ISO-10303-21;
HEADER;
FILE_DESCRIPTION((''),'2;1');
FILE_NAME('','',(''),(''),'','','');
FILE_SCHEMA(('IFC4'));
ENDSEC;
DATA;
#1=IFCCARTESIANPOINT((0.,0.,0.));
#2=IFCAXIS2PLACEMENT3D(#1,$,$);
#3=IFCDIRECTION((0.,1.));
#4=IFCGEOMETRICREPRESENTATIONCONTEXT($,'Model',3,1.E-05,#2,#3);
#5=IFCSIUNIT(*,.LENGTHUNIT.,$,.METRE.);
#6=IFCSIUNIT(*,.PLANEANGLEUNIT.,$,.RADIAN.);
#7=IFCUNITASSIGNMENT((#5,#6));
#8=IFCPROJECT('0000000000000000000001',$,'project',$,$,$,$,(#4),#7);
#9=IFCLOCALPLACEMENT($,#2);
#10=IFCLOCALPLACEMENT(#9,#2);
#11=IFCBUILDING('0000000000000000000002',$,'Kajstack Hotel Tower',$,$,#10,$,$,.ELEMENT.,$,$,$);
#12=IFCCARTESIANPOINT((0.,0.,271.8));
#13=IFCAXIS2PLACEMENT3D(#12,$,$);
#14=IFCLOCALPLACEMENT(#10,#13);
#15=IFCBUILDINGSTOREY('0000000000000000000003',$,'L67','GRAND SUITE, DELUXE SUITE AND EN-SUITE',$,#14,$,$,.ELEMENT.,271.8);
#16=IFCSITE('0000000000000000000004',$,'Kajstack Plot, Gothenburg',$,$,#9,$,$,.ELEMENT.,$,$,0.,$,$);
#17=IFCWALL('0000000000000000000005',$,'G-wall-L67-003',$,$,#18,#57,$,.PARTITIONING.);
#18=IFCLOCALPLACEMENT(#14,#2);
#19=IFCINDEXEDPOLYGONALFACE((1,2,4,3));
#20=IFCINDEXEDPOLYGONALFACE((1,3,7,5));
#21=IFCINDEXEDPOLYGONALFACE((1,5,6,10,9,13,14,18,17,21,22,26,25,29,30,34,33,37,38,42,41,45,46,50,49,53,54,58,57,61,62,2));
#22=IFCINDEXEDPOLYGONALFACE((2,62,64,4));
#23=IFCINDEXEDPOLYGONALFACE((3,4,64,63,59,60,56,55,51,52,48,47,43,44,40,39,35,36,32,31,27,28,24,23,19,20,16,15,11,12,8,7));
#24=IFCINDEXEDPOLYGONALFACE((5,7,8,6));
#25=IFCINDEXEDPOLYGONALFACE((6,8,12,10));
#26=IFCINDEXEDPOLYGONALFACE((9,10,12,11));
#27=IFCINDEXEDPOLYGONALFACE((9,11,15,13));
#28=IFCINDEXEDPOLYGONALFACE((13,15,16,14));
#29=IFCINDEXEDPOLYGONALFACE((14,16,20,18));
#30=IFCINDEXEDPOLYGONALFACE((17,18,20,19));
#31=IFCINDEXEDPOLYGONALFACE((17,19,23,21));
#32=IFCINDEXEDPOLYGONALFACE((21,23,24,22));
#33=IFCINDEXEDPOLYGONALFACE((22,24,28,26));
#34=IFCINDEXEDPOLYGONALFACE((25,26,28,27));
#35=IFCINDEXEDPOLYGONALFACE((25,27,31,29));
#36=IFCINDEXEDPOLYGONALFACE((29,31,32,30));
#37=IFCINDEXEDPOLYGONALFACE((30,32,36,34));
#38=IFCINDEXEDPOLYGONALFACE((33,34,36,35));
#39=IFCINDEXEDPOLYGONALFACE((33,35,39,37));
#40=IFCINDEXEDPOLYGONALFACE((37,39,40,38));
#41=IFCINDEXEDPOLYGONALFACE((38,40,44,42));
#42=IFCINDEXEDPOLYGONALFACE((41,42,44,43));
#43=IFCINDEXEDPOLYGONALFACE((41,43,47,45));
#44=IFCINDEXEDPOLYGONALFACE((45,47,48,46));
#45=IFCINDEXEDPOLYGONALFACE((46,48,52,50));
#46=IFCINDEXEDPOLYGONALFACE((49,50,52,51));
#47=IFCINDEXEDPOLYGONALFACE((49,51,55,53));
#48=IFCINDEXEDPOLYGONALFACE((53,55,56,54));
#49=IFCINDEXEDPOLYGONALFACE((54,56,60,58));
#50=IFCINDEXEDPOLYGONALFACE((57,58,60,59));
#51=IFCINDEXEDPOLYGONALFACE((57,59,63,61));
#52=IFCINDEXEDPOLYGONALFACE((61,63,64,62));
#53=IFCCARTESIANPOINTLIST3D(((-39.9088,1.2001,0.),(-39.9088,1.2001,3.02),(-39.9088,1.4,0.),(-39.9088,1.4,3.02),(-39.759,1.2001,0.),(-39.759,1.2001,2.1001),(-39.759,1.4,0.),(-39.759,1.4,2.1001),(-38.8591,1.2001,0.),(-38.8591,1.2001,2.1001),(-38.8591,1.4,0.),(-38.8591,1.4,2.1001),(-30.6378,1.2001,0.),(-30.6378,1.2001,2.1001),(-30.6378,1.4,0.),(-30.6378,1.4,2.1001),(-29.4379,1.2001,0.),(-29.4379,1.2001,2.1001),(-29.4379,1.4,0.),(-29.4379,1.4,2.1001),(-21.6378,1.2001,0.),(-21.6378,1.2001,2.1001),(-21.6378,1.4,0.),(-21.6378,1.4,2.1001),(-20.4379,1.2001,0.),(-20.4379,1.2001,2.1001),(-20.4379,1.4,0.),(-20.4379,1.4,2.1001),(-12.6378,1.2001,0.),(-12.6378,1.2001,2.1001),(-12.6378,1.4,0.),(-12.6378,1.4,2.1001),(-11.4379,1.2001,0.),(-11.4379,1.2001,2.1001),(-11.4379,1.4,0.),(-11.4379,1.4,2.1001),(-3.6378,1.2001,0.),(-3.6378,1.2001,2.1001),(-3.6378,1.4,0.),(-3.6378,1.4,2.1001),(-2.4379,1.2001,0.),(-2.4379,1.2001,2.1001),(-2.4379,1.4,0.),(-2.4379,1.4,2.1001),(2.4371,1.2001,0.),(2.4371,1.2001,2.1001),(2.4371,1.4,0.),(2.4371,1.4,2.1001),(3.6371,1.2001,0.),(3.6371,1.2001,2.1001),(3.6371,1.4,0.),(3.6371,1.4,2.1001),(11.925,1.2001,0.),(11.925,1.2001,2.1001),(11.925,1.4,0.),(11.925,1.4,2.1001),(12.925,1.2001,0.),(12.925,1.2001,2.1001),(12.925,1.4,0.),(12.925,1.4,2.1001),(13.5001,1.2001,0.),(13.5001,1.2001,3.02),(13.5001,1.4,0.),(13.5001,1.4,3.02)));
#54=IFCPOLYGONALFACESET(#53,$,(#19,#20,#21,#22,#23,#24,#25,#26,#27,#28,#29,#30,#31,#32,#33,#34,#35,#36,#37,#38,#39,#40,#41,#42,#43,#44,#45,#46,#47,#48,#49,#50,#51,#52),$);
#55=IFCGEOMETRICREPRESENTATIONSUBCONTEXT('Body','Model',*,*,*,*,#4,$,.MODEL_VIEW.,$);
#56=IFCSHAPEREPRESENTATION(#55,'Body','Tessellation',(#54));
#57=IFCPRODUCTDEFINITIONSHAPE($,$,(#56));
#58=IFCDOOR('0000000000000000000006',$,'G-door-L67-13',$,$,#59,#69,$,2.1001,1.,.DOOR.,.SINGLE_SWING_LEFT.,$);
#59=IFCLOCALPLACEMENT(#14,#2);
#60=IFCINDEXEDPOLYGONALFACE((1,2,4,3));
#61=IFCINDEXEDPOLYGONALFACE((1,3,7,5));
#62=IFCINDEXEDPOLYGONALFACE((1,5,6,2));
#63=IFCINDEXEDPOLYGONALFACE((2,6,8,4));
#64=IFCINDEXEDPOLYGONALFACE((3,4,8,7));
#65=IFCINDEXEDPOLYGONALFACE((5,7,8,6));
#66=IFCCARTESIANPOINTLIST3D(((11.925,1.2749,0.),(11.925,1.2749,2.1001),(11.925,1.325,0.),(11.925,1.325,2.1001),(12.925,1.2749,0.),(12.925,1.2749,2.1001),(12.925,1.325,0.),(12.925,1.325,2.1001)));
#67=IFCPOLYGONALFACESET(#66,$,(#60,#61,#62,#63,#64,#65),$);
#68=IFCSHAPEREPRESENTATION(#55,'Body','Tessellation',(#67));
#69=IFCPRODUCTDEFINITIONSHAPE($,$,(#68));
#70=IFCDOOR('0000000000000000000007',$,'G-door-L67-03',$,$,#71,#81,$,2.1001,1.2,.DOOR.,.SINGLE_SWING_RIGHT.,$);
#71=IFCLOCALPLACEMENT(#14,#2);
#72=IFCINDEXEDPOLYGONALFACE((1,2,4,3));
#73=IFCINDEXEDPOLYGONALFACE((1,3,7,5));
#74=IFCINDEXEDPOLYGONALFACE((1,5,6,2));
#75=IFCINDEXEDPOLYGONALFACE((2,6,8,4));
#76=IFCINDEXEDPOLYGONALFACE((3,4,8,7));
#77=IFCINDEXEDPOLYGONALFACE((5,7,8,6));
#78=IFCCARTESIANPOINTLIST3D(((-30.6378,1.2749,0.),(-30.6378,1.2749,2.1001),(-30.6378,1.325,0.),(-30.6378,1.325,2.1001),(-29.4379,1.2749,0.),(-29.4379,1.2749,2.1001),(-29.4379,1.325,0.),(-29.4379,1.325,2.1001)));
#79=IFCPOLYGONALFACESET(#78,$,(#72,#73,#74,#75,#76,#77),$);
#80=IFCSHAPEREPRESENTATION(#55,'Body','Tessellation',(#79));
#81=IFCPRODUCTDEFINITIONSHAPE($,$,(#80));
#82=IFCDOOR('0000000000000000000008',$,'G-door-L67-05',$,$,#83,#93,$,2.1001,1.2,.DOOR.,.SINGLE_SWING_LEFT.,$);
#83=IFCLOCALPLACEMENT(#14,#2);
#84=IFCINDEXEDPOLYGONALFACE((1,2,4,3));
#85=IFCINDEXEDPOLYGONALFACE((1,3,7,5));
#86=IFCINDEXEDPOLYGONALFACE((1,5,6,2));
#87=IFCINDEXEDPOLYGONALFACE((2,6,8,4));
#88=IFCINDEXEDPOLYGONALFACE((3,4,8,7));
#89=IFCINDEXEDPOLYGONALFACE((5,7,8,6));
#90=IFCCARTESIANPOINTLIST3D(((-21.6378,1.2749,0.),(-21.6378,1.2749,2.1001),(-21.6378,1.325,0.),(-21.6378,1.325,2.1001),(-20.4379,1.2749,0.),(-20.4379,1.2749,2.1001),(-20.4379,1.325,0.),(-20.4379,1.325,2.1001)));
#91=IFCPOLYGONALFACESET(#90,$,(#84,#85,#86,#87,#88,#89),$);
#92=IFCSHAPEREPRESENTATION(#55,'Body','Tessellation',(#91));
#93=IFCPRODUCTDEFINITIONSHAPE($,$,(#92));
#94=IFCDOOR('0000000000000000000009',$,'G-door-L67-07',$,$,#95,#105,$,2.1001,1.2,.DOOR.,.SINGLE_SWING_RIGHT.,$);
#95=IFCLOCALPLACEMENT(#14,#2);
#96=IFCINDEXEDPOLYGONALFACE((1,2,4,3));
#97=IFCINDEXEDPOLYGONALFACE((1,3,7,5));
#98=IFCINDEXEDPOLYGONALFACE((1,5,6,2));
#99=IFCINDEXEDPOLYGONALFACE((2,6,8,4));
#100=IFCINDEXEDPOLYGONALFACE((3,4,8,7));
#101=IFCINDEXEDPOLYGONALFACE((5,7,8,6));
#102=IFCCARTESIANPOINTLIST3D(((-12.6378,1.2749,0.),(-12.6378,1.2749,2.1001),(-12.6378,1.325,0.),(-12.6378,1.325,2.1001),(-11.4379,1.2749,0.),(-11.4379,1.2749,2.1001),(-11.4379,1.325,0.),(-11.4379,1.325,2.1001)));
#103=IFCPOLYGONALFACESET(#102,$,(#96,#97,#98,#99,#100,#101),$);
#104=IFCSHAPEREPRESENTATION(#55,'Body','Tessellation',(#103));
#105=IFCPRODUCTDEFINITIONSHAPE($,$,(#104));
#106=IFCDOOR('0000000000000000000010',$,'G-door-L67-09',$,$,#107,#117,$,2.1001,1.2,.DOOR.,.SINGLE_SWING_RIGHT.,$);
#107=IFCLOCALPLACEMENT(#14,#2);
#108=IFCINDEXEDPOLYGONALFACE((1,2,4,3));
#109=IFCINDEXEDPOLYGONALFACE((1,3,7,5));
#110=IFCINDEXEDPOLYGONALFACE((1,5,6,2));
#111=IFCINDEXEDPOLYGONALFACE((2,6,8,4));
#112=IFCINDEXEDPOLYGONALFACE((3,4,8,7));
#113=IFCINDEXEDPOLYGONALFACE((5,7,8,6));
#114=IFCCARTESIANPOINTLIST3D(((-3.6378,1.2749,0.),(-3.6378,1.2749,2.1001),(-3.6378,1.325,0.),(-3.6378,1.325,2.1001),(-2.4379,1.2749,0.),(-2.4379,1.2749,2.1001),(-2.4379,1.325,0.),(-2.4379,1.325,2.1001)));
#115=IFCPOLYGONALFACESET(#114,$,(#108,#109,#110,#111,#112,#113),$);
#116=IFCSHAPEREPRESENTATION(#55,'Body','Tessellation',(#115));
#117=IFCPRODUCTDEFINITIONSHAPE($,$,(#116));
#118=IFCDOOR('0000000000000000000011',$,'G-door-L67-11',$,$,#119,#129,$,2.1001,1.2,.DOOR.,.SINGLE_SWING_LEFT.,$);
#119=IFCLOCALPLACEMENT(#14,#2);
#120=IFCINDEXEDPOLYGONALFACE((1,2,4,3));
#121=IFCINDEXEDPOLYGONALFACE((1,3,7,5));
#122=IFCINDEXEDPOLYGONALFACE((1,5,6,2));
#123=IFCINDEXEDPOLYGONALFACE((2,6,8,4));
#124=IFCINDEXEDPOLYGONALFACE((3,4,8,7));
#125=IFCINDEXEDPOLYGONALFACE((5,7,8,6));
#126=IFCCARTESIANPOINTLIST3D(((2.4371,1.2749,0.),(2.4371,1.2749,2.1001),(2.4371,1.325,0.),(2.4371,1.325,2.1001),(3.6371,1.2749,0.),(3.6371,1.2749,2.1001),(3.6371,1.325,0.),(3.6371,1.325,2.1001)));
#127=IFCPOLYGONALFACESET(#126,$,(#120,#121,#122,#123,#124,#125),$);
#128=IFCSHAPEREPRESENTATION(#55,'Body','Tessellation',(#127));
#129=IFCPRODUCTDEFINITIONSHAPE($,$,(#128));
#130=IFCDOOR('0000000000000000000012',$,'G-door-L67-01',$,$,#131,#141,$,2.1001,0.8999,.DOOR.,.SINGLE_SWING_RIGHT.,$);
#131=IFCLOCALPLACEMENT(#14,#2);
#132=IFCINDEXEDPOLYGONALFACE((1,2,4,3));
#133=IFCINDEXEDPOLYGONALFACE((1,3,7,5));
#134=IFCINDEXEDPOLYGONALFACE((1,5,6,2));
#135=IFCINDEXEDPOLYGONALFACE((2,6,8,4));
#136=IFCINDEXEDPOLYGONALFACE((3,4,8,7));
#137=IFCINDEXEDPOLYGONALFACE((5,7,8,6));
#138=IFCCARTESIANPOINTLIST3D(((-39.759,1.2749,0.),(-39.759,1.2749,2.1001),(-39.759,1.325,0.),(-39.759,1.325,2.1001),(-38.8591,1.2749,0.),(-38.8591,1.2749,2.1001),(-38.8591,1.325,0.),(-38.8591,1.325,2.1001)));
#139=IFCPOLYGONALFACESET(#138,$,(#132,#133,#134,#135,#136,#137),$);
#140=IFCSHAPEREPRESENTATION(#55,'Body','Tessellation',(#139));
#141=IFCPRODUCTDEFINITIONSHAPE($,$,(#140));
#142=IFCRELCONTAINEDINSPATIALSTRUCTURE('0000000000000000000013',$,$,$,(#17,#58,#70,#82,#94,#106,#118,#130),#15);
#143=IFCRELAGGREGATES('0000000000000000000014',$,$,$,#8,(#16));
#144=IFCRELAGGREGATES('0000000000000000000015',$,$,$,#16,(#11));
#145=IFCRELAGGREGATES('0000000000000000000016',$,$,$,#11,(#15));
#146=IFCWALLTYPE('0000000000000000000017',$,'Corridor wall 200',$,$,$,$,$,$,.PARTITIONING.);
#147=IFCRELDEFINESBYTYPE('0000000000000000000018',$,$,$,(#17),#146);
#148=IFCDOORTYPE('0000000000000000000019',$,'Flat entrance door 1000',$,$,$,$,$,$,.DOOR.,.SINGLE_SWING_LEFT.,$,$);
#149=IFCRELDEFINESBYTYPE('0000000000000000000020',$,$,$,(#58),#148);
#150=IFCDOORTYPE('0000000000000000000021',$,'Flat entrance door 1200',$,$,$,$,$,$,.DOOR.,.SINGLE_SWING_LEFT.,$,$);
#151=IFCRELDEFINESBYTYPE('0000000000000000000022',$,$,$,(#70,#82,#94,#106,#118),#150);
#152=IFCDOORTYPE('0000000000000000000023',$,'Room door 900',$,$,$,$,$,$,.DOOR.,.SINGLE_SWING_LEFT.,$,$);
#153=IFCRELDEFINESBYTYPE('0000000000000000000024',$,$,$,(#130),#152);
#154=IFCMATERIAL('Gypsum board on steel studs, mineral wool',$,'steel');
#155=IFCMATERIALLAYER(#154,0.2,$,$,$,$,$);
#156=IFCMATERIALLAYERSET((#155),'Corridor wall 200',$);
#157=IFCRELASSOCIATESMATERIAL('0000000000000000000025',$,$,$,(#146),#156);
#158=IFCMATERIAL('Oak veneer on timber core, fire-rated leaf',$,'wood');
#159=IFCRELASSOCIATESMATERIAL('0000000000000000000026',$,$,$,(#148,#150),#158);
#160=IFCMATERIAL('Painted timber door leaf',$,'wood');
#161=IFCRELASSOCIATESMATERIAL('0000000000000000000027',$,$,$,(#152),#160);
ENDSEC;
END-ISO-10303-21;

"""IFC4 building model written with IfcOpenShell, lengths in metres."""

from ifc_helpers import new_model, si_unit, direction, frame, frame_2d, origin, place, context, subcontext, project, spatial, rectangle, extrude, material, layer, layer_set, type_object, element, fill, save


model = new_model("IFC4")

# Units and contexts
model_context = context("Model", 3, precision=1e-05, world=origin(), true_north=direction((0.0, 1.0)))
body_context = subcontext(model_context, "Body", "Model", "MODEL_VIEW")
ifc_project = project(units=[si_unit("LENGTHUNIT", "METRE"), si_unit("PLANEANGLEUNIT", "RADIAN")], contexts=[model_context])

# Site, building, storey
site_placement = place(None, origin())
site = spatial("IfcSite", under=ifc_project, at=site_placement, Name="Kajstack Plot, Gothenburg", CompositionType="ELEMENT", RefElevation=0.0)
building_placement = place(site_placement, origin())
building = spatial("IfcBuilding", under=site, at=building_placement, Name="Kajstack Hotel Tower", CompositionType="ELEMENT")
storey_placement = place(building_placement, frame((0.0, 0.0, 271.8)))
storey = spatial("IfcBuildingStorey", under=building, at=storey_placement, Name="L67", Description="GRAND SUITE, DELUXE SUITE AND EN-SUITE", CompositionType="ELEMENT", Elevation=271.8)

# Wall, openings, doors
ifc_material_1 = material(Name="Gypsum board on steel studs, mineral wool", Category="steel")
ifc_layer_1 = layer(ifc_material_1, 0.2)
ifc_layer_set_1 = layer_set([ifc_layer_1], Name="Corridor wall 200")
wall_type_1 = type_object("IfcWallType", Name="Corridor wall 200", PredefinedType="PARTITIONING", material=ifc_layer_set_1)
wall_1_placement = place(storey_placement, frame((-39.9089, 1.3, 0.0), z_axis=(0.0, 0.0, 1.0), x_axis=(1.0, 0.0, 0.0)))
wall_1 = element("IfcWall", 1, at=wall_1_placement, inside=storey, type_object=wall_type_1, Name="G-wall-L67-003", PredefinedType="PARTITIONING", context=body_context, shape_type="SweptSolid", body=[
    extrude(rectangle(XDim=53.4089, YDim=0.2, at=frame_2d((26.7046, 0.0))), origin(), (0.0, 0.0, 1.0), 3.02),
])
opening_1_placement = place(wall_1_placement, frame((0.1499, 0.0, 0.0)))
opening_1 = element("IfcOpeningElement", 2, at=opening_1_placement, cuts=wall_1, PredefinedType="OPENING", context=body_context, shape_type="SweptSolid", body=[
    extrude(rectangle(XDim=0.8999, YDim=2.1001, at=frame_2d((0.45, 1.05))), frame((0.0, 0.1099, 0.0), z_axis=(0.0, -1.0, 0.0), x_axis=(1.0, 0.0, 0.0)), (0.0, 0.0, 1.0), 0.22),
])
opening_2_placement = place(wall_1_placement, frame((9.271, 0.0, 0.0)))
opening_2 = element("IfcOpeningElement", 3, at=opening_2_placement, cuts=wall_1, PredefinedType="OPENING", context=body_context, shape_type="SweptSolid", body=[
    extrude(rectangle(XDim=1.2, YDim=2.1001, at=frame_2d((0.6001, 1.05))), frame((0.0, 0.1099, 0.0), z_axis=(0.0, -1.0, 0.0), x_axis=(1.0, 0.0, 0.0)), (0.0, 0.0, 1.0), 0.22),
])
opening_3_placement = place(wall_1_placement, frame((18.271, 0.0, 0.0)))
opening_3 = element("IfcOpeningElement", 4, at=opening_3_placement, cuts=wall_1, PredefinedType="OPENING", context=body_context, shape_type="SweptSolid", body=[
    extrude(rectangle(XDim=1.2, YDim=2.1001, at=frame_2d((0.6001, 1.05))), frame((0.0, 0.1099, 0.0), z_axis=(0.0, -1.0, 0.0), x_axis=(1.0, 0.0, 0.0)), (0.0, 0.0, 1.0), 0.22),
])
opening_4_placement = place(wall_1_placement, frame((27.271, 0.0, 0.0)))
opening_4 = element("IfcOpeningElement", 5, at=opening_4_placement, cuts=wall_1, PredefinedType="OPENING", context=body_context, shape_type="SweptSolid", body=[
    extrude(rectangle(XDim=1.2, YDim=2.1001, at=frame_2d((0.6001, 1.05))), frame((0.0, 0.1099, 0.0), z_axis=(0.0, -1.0, 0.0), x_axis=(1.0, 0.0, 0.0)), (0.0, 0.0, 1.0), 0.22),
])
opening_5_placement = place(wall_1_placement, frame((36.271, 0.0, 0.0)))
opening_5 = element("IfcOpeningElement", 6, at=opening_5_placement, cuts=wall_1, PredefinedType="OPENING", context=body_context, shape_type="SweptSolid", body=[
    extrude(rectangle(XDim=1.2, YDim=2.1001, at=frame_2d((0.6001, 1.05))), frame((0.0, 0.1099, 0.0), z_axis=(0.0, -1.0, 0.0), x_axis=(1.0, 0.0, 0.0)), (0.0, 0.0, 1.0), 0.22),
])
opening_6_placement = place(wall_1_placement, frame((42.3459, 0.0, 0.0)))
opening_6 = element("IfcOpeningElement", 7, at=opening_6_placement, cuts=wall_1, PredefinedType="OPENING", context=body_context, shape_type="SweptSolid", body=[
    extrude(rectangle(XDim=1.2, YDim=2.1001, at=frame_2d((0.6001, 1.05))), frame((0.0, 0.1099, 0.0), z_axis=(0.0, -1.0, 0.0), x_axis=(1.0, 0.0, 0.0)), (0.0, 0.0, 1.0), 0.22),
])
opening_7_placement = place(wall_1_placement, frame((51.834, 0.0, 0.0)))
opening_7 = element("IfcOpeningElement", 8, at=opening_7_placement, cuts=wall_1, PredefinedType="OPENING", context=body_context, shape_type="SweptSolid", body=[
    extrude(rectangle(XDim=1.0, YDim=2.1001, at=frame_2d((0.5, 1.05))), frame((0.0, 0.1099, 0.0), z_axis=(0.0, -1.0, 0.0), x_axis=(1.0, 0.0, 0.0)), (0.0, 0.0, 1.0), 0.22),
])
ifc_material_2 = material(Name="Oak veneer on timber core, fire-rated leaf", Category="wood")
door_type_1 = type_object("IfcDoorType", Name="Flat entrance door 1000", OperationType="SINGLE_SWING_LEFT", PredefinedType="DOOR", material=ifc_material_2)
door_1_placement = place(opening_7_placement, origin())
door_1 = element("IfcDoor", 9, at=door_1_placement, inside=storey, type_object=door_type_1, Name="G-door-L67-13", OperationType="SINGLE_SWING_LEFT", OverallHeight=2.1001, OverallWidth=1.0, PredefinedType="DOOR", context=body_context, shape_type="SweptSolid", body=[
    extrude(rectangle(XDim=1.0, YDim=2.1001, at=frame_2d((0.5, 1.05))), frame((0.0, 0.0249, 0.0), z_axis=(0.0, -1.0, 0.0), x_axis=(1.0, 0.0, 0.0)), (0.0, 0.0, 1.0), 0.05),
])
fill(opening_7, door_1)
door_type_2 = type_object("IfcDoorType", Name="Flat entrance door 1200", OperationType="SINGLE_SWING_LEFT", PredefinedType="DOOR", material=ifc_material_2)
door_2_placement = place(opening_2_placement, origin())
door_2 = element("IfcDoor", 10, at=door_2_placement, inside=storey, type_object=door_type_2, Name="G-door-L67-03", OperationType="SINGLE_SWING_RIGHT", OverallHeight=2.1001, OverallWidth=1.2, PredefinedType="DOOR", context=body_context, shape_type="SweptSolid", body=[
    extrude(rectangle(XDim=1.2, YDim=2.1001, at=frame_2d((0.6001, 1.05))), frame((0.0, 0.0249, 0.0), z_axis=(0.0, -1.0, 0.0), x_axis=(1.0, 0.0, 0.0)), (0.0, 0.0, 1.0), 0.05),
])
fill(opening_2, door_2)
door_3_placement = place(opening_3_placement, origin())
door_3 = element("IfcDoor", 11, at=door_3_placement, inside=storey, type_object=door_type_2, Name="G-door-L67-05", OperationType="SINGLE_SWING_LEFT", OverallHeight=2.1001, OverallWidth=1.2, PredefinedType="DOOR", context=body_context, shape_type="SweptSolid", body=[
    extrude(rectangle(XDim=1.2, YDim=2.1001, at=frame_2d((0.6001, 1.05))), frame((0.0, 0.0249, 0.0), z_axis=(0.0, -1.0, 0.0), x_axis=(1.0, 0.0, 0.0)), (0.0, 0.0, 1.0), 0.05),
])
fill(opening_3, door_3)
door_4_placement = place(opening_4_placement, origin())
door_4 = element("IfcDoor", 12, at=door_4_placement, inside=storey, type_object=door_type_2, Name="G-door-L67-07", OperationType="SINGLE_SWING_RIGHT", OverallHeight=2.1001, OverallWidth=1.2, PredefinedType="DOOR", context=body_context, shape_type="SweptSolid", body=[
    extrude(rectangle(XDim=1.2, YDim=2.1001, at=frame_2d((0.6001, 1.05))), frame((0.0, 0.0249, 0.0), z_axis=(0.0, -1.0, 0.0), x_axis=(1.0, 0.0, 0.0)), (0.0, 0.0, 1.0), 0.05),
])
fill(opening_4, door_4)
door_5_placement = place(opening_5_placement, origin())
door_5 = element("IfcDoor", 13, at=door_5_placement, inside=storey, type_object=door_type_2, Name="G-door-L67-09", OperationType="SINGLE_SWING_RIGHT", OverallHeight=2.1001, OverallWidth=1.2, PredefinedType="DOOR", context=body_context, shape_type="SweptSolid", body=[
    extrude(rectangle(XDim=1.2, YDim=2.1001, at=frame_2d((0.6001, 1.05))), frame((0.0, 0.0249, 0.0), z_axis=(0.0, -1.0, 0.0), x_axis=(1.0, 0.0, 0.0)), (0.0, 0.0, 1.0), 0.05),
])
fill(opening_5, door_5)
door_6_placement = place(opening_6_placement, origin())
door_6 = element("IfcDoor", 14, at=door_6_placement, inside=storey, type_object=door_type_2, Name="G-door-L67-11", OperationType="SINGLE_SWING_LEFT", OverallHeight=2.1001, OverallWidth=1.2, PredefinedType="DOOR", context=body_context, shape_type="SweptSolid", body=[
    extrude(rectangle(XDim=1.2, YDim=2.1001, at=frame_2d((0.6001, 1.05))), frame((0.0, 0.0249, 0.0), z_axis=(0.0, -1.0, 0.0), x_axis=(1.0, 0.0, 0.0)), (0.0, 0.0, 1.0), 0.05),
])
fill(opening_6, door_6)
ifc_material_3 = material(Name="Painted timber door leaf", Category="wood")
door_type_3 = type_object("IfcDoorType", Name="Room door 900", OperationType="SINGLE_SWING_LEFT", PredefinedType="DOOR", material=ifc_material_3)
door_7_placement = place(opening_1_placement, origin())
door_7 = element("IfcDoor", 15, at=door_7_placement, inside=storey, type_object=door_type_3, Name="G-door-L67-01", OperationType="SINGLE_SWING_RIGHT", OverallHeight=2.1001, OverallWidth=0.8999, PredefinedType="DOOR", context=body_context, shape_type="SweptSolid", body=[
    extrude(rectangle(XDim=0.8999, YDim=2.1001, at=frame_2d((0.45, 1.05))), frame((0.0, 0.0249, 0.0), z_axis=(0.0, -1.0, 0.0), x_axis=(1.0, 0.0, 0.0)), (0.0, 0.0, 1.0), 0.05),
])
fill(opening_1, door_7)

save(model, "model.ifc")
